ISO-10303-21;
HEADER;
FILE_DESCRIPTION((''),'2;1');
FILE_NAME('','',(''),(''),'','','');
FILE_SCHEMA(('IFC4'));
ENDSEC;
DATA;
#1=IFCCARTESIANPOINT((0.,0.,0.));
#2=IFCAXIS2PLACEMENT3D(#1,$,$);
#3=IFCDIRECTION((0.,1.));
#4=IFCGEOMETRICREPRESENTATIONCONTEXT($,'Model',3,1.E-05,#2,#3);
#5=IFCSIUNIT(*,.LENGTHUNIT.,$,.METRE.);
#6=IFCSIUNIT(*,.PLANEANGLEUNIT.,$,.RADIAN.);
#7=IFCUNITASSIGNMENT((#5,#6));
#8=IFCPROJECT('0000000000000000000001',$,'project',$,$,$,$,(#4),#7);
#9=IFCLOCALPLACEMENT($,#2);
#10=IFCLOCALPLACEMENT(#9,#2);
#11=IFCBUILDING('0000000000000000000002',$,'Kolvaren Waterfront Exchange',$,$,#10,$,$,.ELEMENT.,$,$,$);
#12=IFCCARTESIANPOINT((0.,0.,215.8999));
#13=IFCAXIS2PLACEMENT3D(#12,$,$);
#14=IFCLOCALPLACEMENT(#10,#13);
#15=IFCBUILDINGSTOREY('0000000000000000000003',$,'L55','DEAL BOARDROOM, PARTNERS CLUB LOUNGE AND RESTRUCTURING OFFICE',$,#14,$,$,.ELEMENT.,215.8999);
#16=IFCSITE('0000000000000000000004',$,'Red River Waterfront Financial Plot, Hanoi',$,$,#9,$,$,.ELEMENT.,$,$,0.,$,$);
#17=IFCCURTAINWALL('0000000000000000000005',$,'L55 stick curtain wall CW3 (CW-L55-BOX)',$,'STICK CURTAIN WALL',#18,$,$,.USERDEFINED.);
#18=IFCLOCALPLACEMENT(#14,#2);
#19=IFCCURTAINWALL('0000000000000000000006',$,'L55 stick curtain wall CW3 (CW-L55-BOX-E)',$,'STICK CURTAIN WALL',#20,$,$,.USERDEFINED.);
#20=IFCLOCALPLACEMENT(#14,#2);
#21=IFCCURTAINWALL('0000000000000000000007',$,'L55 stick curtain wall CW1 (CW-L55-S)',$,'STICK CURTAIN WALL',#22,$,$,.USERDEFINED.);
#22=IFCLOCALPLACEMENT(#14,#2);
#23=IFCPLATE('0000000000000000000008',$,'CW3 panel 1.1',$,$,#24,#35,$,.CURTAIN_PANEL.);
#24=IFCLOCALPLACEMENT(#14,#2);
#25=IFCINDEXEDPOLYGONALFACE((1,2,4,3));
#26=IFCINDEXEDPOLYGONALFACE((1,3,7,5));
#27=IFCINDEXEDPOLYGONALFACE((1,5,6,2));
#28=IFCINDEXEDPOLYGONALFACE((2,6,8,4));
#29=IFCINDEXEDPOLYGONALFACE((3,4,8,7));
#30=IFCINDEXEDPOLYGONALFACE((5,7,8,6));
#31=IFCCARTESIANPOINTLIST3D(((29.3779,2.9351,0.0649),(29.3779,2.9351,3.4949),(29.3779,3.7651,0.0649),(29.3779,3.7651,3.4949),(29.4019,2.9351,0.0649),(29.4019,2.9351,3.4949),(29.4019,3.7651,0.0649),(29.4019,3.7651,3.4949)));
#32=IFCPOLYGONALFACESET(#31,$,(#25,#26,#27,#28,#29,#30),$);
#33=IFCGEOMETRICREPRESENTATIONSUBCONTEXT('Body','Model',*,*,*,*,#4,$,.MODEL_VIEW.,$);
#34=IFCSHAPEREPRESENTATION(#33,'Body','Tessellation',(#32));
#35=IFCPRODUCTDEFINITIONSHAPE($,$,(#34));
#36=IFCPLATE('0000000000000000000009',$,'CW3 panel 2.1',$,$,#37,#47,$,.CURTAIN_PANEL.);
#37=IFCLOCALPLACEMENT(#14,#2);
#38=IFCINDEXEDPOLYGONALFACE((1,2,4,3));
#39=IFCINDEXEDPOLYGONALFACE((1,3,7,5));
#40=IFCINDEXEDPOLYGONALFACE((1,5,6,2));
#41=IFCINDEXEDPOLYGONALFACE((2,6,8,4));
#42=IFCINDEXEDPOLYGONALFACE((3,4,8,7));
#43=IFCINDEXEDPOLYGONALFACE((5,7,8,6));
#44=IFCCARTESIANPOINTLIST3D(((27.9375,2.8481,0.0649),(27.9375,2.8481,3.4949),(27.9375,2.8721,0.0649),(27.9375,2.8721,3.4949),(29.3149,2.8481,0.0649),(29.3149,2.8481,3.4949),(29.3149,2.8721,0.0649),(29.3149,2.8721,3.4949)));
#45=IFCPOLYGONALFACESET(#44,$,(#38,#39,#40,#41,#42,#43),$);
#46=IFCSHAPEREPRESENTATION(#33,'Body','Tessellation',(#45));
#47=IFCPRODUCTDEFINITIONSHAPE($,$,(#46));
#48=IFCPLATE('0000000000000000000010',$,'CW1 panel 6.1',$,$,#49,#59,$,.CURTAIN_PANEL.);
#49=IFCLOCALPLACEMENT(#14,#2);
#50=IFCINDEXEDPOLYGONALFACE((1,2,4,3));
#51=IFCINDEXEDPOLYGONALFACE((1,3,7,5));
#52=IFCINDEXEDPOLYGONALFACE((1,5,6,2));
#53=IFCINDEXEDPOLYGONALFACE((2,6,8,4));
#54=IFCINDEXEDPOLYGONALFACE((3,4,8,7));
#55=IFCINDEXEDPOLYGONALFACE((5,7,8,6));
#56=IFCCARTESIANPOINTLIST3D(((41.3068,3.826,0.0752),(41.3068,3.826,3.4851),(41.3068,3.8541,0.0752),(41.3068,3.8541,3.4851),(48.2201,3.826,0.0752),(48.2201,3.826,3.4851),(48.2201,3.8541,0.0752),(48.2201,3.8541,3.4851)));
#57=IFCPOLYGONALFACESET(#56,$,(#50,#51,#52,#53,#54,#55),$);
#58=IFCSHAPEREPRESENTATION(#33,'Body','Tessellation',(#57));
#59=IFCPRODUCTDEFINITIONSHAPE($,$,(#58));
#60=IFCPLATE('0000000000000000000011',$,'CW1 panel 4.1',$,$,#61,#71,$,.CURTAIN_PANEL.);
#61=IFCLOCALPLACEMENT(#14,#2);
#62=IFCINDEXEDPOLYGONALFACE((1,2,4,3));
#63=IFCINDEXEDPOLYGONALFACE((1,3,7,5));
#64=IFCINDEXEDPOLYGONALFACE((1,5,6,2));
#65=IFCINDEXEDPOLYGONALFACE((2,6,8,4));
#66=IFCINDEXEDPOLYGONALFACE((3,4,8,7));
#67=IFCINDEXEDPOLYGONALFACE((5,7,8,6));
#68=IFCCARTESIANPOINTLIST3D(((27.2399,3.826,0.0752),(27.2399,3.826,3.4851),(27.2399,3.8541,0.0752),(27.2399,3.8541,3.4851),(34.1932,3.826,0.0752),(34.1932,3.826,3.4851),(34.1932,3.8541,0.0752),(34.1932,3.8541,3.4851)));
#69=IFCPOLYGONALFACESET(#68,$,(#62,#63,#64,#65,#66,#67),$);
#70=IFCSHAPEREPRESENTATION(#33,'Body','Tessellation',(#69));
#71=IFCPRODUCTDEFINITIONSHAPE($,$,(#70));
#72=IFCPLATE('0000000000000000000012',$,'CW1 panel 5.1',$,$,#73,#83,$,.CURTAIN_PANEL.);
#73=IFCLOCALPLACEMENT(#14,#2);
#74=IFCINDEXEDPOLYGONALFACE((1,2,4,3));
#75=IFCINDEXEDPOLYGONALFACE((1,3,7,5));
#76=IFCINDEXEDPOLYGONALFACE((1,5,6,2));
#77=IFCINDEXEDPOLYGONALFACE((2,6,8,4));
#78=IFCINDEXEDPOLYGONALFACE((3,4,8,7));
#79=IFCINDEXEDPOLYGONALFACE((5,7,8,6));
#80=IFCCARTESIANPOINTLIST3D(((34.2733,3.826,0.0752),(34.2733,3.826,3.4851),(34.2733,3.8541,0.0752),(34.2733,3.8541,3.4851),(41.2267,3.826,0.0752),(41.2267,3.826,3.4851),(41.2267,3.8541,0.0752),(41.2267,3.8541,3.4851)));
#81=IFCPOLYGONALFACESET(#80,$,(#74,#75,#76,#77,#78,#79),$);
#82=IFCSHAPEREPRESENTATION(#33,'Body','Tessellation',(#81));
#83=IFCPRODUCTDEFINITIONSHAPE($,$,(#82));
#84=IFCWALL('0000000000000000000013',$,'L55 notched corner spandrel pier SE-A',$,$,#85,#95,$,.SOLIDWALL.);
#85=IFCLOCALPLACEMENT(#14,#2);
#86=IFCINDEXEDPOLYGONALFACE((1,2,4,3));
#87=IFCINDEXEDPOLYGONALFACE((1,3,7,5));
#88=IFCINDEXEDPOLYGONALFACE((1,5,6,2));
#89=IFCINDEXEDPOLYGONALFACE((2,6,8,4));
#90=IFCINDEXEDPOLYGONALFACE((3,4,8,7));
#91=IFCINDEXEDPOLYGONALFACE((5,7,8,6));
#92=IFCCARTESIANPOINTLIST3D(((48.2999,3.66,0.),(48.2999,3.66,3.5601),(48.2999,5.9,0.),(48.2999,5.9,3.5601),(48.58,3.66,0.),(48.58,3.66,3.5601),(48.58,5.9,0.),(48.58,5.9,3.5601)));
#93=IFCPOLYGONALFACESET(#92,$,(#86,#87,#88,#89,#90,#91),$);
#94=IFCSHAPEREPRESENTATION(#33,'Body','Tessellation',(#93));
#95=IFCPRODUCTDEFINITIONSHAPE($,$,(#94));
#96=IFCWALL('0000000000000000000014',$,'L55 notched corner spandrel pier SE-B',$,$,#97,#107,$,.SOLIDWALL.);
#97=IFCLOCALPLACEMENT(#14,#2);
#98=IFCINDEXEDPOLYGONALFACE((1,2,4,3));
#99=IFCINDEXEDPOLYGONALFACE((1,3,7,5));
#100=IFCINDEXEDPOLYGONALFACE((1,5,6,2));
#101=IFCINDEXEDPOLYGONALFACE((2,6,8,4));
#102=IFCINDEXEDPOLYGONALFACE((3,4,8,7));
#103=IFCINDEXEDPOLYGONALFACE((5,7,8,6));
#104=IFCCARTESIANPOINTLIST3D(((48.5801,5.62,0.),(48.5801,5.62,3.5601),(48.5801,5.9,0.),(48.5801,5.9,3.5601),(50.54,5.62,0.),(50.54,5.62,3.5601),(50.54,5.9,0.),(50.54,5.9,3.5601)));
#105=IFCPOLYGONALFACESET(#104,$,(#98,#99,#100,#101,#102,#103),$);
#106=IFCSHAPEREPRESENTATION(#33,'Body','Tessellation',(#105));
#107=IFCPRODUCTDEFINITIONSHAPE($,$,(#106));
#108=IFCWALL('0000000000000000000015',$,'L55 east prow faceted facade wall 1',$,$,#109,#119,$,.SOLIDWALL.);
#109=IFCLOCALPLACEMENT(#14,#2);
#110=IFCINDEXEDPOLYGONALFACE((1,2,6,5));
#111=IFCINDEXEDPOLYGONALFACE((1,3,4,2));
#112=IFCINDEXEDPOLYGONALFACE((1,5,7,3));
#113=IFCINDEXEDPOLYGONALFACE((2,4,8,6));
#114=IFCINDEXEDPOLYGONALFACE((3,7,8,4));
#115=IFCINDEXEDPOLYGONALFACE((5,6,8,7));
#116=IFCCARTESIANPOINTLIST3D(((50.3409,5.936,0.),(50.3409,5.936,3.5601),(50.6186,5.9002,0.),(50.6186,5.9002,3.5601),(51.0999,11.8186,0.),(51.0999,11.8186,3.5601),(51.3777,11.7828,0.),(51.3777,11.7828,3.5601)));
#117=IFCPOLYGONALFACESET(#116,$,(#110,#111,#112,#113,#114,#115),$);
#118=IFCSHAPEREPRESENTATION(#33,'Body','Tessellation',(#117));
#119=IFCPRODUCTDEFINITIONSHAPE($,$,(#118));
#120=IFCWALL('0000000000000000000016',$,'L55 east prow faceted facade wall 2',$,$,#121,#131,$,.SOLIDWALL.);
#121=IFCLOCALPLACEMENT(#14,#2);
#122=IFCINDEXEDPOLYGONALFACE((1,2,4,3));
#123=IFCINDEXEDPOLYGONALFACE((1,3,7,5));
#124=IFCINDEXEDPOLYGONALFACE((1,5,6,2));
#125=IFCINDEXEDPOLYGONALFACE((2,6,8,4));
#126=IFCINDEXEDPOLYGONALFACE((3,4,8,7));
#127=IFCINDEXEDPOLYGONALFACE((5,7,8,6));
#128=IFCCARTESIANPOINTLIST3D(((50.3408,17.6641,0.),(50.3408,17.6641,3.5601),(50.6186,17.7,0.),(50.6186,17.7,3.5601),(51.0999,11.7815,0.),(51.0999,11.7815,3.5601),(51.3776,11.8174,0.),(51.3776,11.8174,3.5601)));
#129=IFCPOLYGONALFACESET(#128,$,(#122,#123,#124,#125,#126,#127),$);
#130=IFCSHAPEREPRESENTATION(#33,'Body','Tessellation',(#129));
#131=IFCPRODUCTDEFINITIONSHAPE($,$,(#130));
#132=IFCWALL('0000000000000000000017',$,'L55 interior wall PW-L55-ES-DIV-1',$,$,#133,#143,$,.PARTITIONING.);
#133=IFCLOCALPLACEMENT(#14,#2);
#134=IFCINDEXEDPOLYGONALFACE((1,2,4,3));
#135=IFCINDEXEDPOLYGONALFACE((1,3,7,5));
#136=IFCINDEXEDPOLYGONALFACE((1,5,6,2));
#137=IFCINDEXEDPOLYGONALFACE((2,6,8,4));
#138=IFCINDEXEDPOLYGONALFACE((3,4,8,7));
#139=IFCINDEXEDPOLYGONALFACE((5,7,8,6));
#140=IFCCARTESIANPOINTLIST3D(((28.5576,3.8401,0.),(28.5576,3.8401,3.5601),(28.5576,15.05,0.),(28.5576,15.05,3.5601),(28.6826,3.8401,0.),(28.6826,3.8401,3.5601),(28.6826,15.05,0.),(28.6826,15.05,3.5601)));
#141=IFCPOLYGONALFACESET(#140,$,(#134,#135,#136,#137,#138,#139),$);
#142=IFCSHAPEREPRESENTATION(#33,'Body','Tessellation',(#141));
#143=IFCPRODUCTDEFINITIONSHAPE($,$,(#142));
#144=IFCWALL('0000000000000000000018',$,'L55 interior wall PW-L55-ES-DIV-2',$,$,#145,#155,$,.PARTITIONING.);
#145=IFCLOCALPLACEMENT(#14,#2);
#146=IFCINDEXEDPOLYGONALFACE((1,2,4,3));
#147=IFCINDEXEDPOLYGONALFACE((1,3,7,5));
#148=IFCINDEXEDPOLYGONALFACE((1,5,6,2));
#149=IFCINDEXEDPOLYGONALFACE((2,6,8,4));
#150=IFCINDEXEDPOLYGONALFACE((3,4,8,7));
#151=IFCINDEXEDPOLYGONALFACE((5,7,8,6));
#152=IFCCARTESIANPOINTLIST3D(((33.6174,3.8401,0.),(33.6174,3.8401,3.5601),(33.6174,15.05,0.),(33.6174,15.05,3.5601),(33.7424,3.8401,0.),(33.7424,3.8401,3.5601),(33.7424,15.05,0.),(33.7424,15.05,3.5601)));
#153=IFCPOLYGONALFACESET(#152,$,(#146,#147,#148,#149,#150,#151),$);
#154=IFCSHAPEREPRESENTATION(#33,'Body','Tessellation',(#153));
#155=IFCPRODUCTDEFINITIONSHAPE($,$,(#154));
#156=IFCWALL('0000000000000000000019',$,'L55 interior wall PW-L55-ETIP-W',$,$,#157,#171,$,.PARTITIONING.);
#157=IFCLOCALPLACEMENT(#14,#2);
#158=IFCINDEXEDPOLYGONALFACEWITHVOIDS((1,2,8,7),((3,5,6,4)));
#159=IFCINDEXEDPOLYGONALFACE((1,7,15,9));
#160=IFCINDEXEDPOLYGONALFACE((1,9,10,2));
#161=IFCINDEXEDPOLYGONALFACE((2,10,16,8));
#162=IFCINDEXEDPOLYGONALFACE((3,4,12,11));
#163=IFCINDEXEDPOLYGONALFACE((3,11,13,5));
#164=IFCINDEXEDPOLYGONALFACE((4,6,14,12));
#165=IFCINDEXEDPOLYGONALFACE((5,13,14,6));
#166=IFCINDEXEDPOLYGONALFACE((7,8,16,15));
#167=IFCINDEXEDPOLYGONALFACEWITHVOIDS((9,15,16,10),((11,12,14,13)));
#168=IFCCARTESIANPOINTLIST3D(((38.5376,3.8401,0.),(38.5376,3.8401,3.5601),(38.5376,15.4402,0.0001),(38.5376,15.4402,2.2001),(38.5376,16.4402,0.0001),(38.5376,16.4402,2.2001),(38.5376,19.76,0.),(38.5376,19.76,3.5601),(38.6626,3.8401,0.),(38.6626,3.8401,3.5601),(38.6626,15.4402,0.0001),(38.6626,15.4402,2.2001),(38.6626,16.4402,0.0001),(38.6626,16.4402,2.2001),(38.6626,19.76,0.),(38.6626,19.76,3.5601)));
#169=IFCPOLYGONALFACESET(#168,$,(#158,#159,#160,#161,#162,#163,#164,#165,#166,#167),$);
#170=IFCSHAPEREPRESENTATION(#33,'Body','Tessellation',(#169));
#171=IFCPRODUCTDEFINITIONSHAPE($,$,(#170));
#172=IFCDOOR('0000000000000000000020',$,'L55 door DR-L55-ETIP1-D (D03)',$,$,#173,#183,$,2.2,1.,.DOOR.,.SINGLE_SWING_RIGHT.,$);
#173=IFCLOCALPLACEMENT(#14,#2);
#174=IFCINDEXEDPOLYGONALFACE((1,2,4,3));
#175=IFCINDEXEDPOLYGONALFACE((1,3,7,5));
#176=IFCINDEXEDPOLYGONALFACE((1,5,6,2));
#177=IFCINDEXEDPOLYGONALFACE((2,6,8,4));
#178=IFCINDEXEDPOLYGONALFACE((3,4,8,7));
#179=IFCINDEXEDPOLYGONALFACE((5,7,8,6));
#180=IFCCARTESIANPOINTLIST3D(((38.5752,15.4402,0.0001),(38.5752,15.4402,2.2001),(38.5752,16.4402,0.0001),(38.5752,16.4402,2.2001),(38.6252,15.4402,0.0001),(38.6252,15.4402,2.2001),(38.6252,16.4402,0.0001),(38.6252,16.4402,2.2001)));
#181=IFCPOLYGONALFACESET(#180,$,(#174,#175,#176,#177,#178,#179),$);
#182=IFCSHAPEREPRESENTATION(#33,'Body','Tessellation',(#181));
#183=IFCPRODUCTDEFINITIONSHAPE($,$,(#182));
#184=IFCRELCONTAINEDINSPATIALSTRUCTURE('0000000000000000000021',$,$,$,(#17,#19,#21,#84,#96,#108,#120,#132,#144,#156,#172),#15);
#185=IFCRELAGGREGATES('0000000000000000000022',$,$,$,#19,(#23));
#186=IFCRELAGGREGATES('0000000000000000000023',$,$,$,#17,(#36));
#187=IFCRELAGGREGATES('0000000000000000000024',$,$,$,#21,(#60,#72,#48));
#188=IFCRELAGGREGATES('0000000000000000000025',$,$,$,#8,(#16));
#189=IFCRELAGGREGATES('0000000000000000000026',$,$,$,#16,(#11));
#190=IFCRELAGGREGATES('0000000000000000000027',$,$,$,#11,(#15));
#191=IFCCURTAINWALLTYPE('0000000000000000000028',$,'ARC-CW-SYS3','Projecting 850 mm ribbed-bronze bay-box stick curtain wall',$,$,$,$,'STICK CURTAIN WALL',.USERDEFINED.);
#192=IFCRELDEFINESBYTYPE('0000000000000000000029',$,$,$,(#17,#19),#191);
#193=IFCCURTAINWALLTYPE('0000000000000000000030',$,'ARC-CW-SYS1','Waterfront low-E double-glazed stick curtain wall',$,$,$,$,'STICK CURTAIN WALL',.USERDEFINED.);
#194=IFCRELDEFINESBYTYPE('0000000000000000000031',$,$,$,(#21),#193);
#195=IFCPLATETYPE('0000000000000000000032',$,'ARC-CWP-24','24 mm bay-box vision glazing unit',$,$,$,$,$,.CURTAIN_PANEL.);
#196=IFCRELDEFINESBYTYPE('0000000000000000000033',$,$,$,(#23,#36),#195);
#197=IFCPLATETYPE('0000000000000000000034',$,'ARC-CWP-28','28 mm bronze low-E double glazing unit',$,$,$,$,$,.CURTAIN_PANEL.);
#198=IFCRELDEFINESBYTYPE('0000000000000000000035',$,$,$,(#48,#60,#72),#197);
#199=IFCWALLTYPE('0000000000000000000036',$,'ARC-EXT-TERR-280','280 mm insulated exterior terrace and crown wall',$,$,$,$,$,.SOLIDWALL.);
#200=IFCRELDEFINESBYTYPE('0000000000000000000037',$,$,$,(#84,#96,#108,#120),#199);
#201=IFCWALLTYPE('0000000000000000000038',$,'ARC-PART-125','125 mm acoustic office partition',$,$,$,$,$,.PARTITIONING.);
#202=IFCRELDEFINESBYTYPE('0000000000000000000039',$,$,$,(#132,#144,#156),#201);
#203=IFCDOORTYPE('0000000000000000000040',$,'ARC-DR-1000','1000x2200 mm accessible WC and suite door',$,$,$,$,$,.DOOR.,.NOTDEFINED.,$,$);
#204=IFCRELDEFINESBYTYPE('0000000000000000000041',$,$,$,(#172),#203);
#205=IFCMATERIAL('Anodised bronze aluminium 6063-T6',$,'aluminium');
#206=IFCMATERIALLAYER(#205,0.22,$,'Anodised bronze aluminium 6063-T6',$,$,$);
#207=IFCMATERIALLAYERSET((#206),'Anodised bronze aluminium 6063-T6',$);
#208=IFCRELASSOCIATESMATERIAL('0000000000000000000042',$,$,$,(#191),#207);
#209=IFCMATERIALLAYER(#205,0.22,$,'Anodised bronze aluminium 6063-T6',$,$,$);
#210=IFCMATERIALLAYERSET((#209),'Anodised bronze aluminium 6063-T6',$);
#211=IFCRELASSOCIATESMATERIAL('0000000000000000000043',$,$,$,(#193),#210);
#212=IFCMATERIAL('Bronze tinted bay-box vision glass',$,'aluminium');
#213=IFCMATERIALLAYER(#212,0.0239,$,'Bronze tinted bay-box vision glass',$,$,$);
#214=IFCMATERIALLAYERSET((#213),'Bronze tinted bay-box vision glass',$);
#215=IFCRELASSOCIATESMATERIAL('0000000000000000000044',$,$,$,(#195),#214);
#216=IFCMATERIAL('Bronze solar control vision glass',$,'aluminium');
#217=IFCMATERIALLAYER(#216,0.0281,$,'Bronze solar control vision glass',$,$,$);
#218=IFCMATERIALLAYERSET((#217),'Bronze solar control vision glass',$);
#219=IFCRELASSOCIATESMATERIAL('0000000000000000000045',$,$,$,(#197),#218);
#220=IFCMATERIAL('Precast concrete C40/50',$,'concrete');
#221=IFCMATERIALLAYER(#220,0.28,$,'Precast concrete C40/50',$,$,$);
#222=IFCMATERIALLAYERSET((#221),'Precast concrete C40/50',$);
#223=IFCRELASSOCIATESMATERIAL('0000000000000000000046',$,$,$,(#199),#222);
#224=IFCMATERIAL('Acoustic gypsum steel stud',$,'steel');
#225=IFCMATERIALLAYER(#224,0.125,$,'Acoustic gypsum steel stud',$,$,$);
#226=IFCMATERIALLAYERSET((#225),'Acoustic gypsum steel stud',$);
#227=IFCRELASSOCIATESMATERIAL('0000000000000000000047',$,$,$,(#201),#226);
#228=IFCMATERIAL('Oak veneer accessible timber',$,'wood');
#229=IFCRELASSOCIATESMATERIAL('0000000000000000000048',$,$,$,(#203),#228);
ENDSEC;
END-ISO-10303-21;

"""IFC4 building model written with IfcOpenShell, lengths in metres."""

from ifc_helpers import new_model, si_unit, direction, frame, frame_2d, origin, origin_with_axes, origin_2d, place, context, subcontext, project, spatial, rectangle, extrude, source, transform, mapped, material, layer, layer_set, type_object, element, fill, aggregate, save


model = new_model("IFC4")

# Units and contexts
model_context = context("Model", 3, precision=1e-05, world=origin(), true_north=direction((0.0, 1.0)))
body_context = subcontext(model_context, "Body", "Model", "MODEL_VIEW")
ifc_project = project(units=[si_unit("LENGTHUNIT", "METRE"), si_unit("PLANEANGLEUNIT", "RADIAN")], contexts=[model_context])

# Site, building, storey
site_placement = place(None, origin())
site = spatial("IfcSite", under=ifc_project, at=site_placement, Name="Red River Waterfront Financial Plot, Hanoi", CompositionType="ELEMENT", RefElevation=0.0)
building_placement = place(site_placement, origin())
building = spatial("IfcBuilding", under=site, at=building_placement, Name="Kolvaren Waterfront Exchange", CompositionType="ELEMENT")
storey_placement = place(building_placement, frame((0.0, 0.0, 215.8999)))
storey = spatial("IfcBuildingStorey", under=building, at=storey_placement, Name="L55", Description="DEAL BOARDROOM, PARTNERS CLUB LOUNGE AND RESTRUCTURING OFFICE", CompositionType="ELEMENT", Elevation=215.8999)

# Curtain walls
ifc_material_1 = material(Name="Anodised bronze aluminium 6063-T6", Category="aluminium")
ifc_layer_1 = layer(ifc_material_1, 0.22, Name="Anodised bronze aluminium 6063-T6")
ifc_layer_set_1 = layer_set([ifc_layer_1], Name="Anodised bronze aluminium 6063-T6")
curtain_wall_type_1 = type_object("IfcCurtainWallType", Name="ARC-CW-SYS3", Description="Projecting 850 mm ribbed-bronze bay-box stick curtain wall", ElementType="STICK CURTAIN WALL", PredefinedType="USERDEFINED", material=ifc_layer_set_1)
curtain_wall_1_placement = place(storey_placement, origin())
curtain_wall_1 = element("IfcCurtainWall", 1, at=curtain_wall_1_placement, inside=storey, type_object=curtain_wall_type_1, Name="L55 stick curtain wall CW3 (CW-L55-BOX)", ObjectType="STICK CURTAIN WALL", PredefinedType="USERDEFINED")
curtain_wall_2_placement = place(storey_placement, origin())
curtain_wall_2 = element("IfcCurtainWall", 2, at=curtain_wall_2_placement, inside=storey, type_object=curtain_wall_type_1, Name="L55 stick curtain wall CW3 (CW-L55-BOX-E)", ObjectType="STICK CURTAIN WALL", PredefinedType="USERDEFINED")

# Curtain wall
ifc_layer_2 = layer(ifc_material_1, 0.22, Name="Anodised bronze aluminium 6063-T6")
ifc_layer_set_2 = layer_set([ifc_layer_2], Name="Anodised bronze aluminium 6063-T6")
curtain_wall_type_2 = type_object("IfcCurtainWallType", Name="ARC-CW-SYS1", Description="Waterfront low-E double-glazed stick curtain wall", ElementType="STICK CURTAIN WALL", PredefinedType="USERDEFINED", material=ifc_layer_set_2)
curtain_wall_3_placement = place(storey_placement, origin())
curtain_wall_3 = element("IfcCurtainWall", 3, at=curtain_wall_3_placement, inside=storey, type_object=curtain_wall_type_2, Name="L55 stick curtain wall CW1 (CW-L55-S)", ObjectType="STICK CURTAIN WALL", PredefinedType="USERDEFINED")

# Plates
ifc_material_2 = material(Name="Bronze tinted bay-box vision glass", Category="aluminium")
ifc_layer_3 = layer(ifc_material_2, 0.0239, Name="Bronze tinted bay-box vision glass")
ifc_layer_set_3 = layer_set([ifc_layer_3], Name="Bronze tinted bay-box vision glass")
plate_type_1 = type_object("IfcPlateType", Name="ARC-CWP-24", Description="24 mm bay-box vision glazing unit", PredefinedType="CURTAIN_PANEL", material=ifc_layer_set_3)
shared_shape_1 = source(origin_with_axes(), body_context, "Body", "SweptSolid", [
    extrude(rectangle(XDim=0.8301, YDim=0.0239, at=origin_2d()), origin(), (0.0, 0.0, 1.0), 3.4299),
])
plate_1_placement = place(storey_placement, frame((29.3899, 3.3501, 0.0649), z_axis=(0.0, 0.0, 1.0), x_axis=(0.0, 1.0, 0.0)))
plate_1 = element("IfcPlate", 4, at=plate_1_placement, type_object=plate_type_1, Name="CW3 panel 1.1", PredefinedType="CURTAIN_PANEL", context=body_context, shape_type="MappedRepresentation", body=[
    mapped(shared_shape_1, transform((0.0, 0.0, 0.0), x_axis=(1.0, 0.0, 0.0), y_axis=(0.0, 1.0, 0.0), z_axis=(0.0, 0.0, 1.0), scale=1.0)),
])
aggregate(curtain_wall_2, [plate_1])
shared_shape_2 = source(origin_with_axes(), body_context, "Body", "SweptSolid", [
    extrude(rectangle(XDim=1.3774, YDim=0.0239, at=origin_2d()), origin(), (0.0, 0.0, 1.0), 3.4299),
])
plate_2_placement = place(storey_placement, frame((28.6262, 2.8601, 0.0649), z_axis=(0.0, 0.0, 1.0), x_axis=(1.0, 0.0, 0.0)))
plate_2 = element("IfcPlate", 5, at=plate_2_placement, type_object=plate_type_1, Name="CW3 panel 2.1", PredefinedType="CURTAIN_PANEL", context=body_context, shape_type="MappedRepresentation", body=[
    mapped(shared_shape_2, transform((0.0, 0.0, 0.0), x_axis=(1.0, 0.0, 0.0), y_axis=(0.0, 1.0, 0.0), z_axis=(0.0, 0.0, 1.0), scale=1.0)),
])
aggregate(curtain_wall_1, [plate_2])
ifc_material_3 = material(Name="Bronze solar control vision glass", Category="aluminium")
ifc_layer_4 = layer(ifc_material_3, 0.0281, Name="Bronze solar control vision glass")
ifc_layer_set_4 = layer_set([ifc_layer_4], Name="Bronze solar control vision glass")
plate_type_2 = type_object("IfcPlateType", Name="ARC-CWP-28", Description="28 mm bronze low-E double glazing unit", PredefinedType="CURTAIN_PANEL", material=ifc_layer_set_4)
shared_shape_3 = source(origin_with_axes(), body_context, "Body", "SweptSolid", [
    extrude(rectangle(XDim=6.9133, YDim=0.0281, at=origin_2d()), origin(), (0.0, 0.0, 1.0), 3.4099),
])
plate_3_placement = place(storey_placement, frame((44.7634, 3.8401, 0.0752), z_axis=(0.0, 0.0, 1.0), x_axis=(1.0, 0.0, 0.0)))
plate_3 = element("IfcPlate", 6, at=plate_3_placement, type_object=plate_type_2, Name="CW1 panel 6.1", PredefinedType="CURTAIN_PANEL", context=body_context, shape_type="MappedRepresentation", body=[
    mapped(shared_shape_3, transform((0.0, 0.0, 0.0), x_axis=(1.0, 0.0, 0.0), y_axis=(0.0, 1.0, 0.0), z_axis=(0.0, 0.0, 1.0), scale=1.0)),
])
shared_shape_4 = source(origin_with_axes(), body_context, "Body", "SweptSolid", [
    extrude(rectangle(XDim=6.9534, YDim=0.0281, at=origin_2d()), origin(), (0.0, 0.0, 1.0), 3.4099),
])
plate_4_placement = place(storey_placement, frame((30.7166, 3.8401, 0.0752), z_axis=(0.0, 0.0, 1.0), x_axis=(1.0, 0.0, 0.0)))
plate_4 = element("IfcPlate", 7, at=plate_4_placement, type_object=plate_type_2, Name="CW1 panel 4.1", PredefinedType="CURTAIN_PANEL", context=body_context, shape_type="MappedRepresentation", body=[
    mapped(shared_shape_4, transform((0.0, 0.0, 0.0), x_axis=(1.0, 0.0, 0.0), y_axis=(0.0, 1.0, 0.0), z_axis=(0.0, 0.0, 1.0), scale=1.0)),
])
plate_5_placement = place(storey_placement, frame((37.75, 3.8401, 0.0752), z_axis=(0.0, 0.0, 1.0), x_axis=(1.0, 0.0, 0.0)))
plate_5 = element("IfcPlate", 8, at=plate_5_placement, type_object=plate_type_2, Name="CW1 panel 5.1", PredefinedType="CURTAIN_PANEL", context=body_context, shape_type="MappedRepresentation", body=[
    mapped(shared_shape_4, transform((0.0, 0.0, 0.0), x_axis=(1.0, 0.0, 0.0), y_axis=(0.0, 1.0, 0.0), z_axis=(0.0, 0.0, 1.0), scale=1.0)),
])
aggregate(curtain_wall_3, [plate_4, plate_5, plate_3])

# Walls
ifc_material_4 = material(Name="Precast concrete C40/50", Category="concrete")
ifc_layer_5 = layer(ifc_material_4, 0.28, Name="Precast concrete C40/50")
ifc_layer_set_5 = layer_set([ifc_layer_5], Name="Precast concrete C40/50")
wall_type_1 = type_object("IfcWallType", Name="ARC-EXT-TERR-280", Description="280 mm insulated exterior terrace and crown wall", PredefinedType="SOLIDWALL", material=ifc_layer_set_5)
wall_1_placement = place(storey_placement, frame((48.4399, 3.6599, 0.0), z_axis=(0.0, 0.0, 1.0), x_axis=(0.0, 1.0, 0.0)))
element("IfcWall", 9, at=wall_1_placement, inside=storey, type_object=wall_type_1, Name="L55 notched corner spandrel pier SE-A", PredefinedType="SOLIDWALL", context=body_context, shape_type="SweptSolid", body=[
    extrude(rectangle(XDim=2.24, YDim=0.28, at=frame_2d((1.1201, 0.0))), origin(), (0.0, 0.0, 1.0), 3.5601),
])
wall_2_placement = place(storey_placement, frame((48.5801, 5.76, 0.0), z_axis=(0.0, 0.0, 1.0), x_axis=(1.0, 0.0, 0.0)))
element("IfcWall", 10, at=wall_2_placement, inside=storey, type_object=wall_type_1, Name="L55 notched corner spandrel pier SE-B", PredefinedType="SOLIDWALL", context=body_context, shape_type="SweptSolid", body=[
    extrude(rectangle(XDim=1.96, YDim=0.28, at=frame_2d((0.98, 0.0))), origin(), (0.0, 0.0, 1.0), 3.5601),
])
for number, where, z_axis, x_axis, name in (
    (11, (50.4797, 5.918, 0.0), (0.0, 0.0, 1.0), (0.12797, 0.991778, 0.0), "L55 east prow faceted facade wall 1"),
    (12, (51.2388, 11.7993, 0.0), (0.0, 0.0, 1.0), (-0.12797, 0.991778, 0.0), "L55 east prow faceted facade wall 2"),
):
    element("IfcWall", number, at=place(storey_placement, frame(where, z_axis=z_axis, x_axis=x_axis)), inside=storey, type_object=wall_type_1, Name=name, PredefinedType="SOLIDWALL", context=body_context, shape_type="SweptSolid", body=[
        extrude(rectangle(XDim=5.9314, YDim=0.28, at=frame_2d((2.9658, 0.0))), origin(), (0.0, 0.0, 1.0), 3.5601),
    ])
ifc_material_5 = material(Name="Acoustic gypsum steel stud", Category="steel")
ifc_layer_6 = layer(ifc_material_5, 0.125, Name="Acoustic gypsum steel stud")
ifc_layer_set_6 = layer_set([ifc_layer_6], Name="Acoustic gypsum steel stud")
wall_type_2 = type_object("IfcWallType", Name="ARC-PART-125", Description="125 mm acoustic office partition", PredefinedType="PARTITIONING", material=ifc_layer_set_6)
for number, where, z_axis, x_axis, name in (
    (13, (28.6201, 3.8401, 0.0), (0.0, 0.0, 1.0), (0.0, 1.0, 0.0), "L55 interior wall PW-L55-ES-DIV-1"),
    (14, (33.6799, 3.8401, 0.0), (0.0, 0.0, 1.0), (0.0, 1.0, 0.0), "L55 interior wall PW-L55-ES-DIV-2"),
):
    element("IfcWall", number, at=place(storey_placement, frame(where, z_axis=z_axis, x_axis=x_axis)), inside=storey, type_object=wall_type_2, Name=name, PredefinedType="PARTITIONING", context=body_context, shape_type="SweptSolid", body=[
        extrude(rectangle(XDim=11.21, YDim=0.125, at=frame_2d((5.605, 0.0))), origin(), (0.0, 0.0, 1.0), 3.5601),
    ])

# Wall, opening, door
wall_3_placement = place(storey_placement, frame((38.6001, 3.8401, 0.0), z_axis=(0.0, 0.0, 1.0), x_axis=(0.0, 1.0, 0.0)))
wall_3 = element("IfcWall", 15, at=wall_3_placement, inside=storey, type_object=wall_type_2, Name="L55 interior wall PW-L55-ETIP-W", PredefinedType="PARTITIONING", context=body_context, shape_type="SweptSolid", body=[
    extrude(rectangle(XDim=15.9199, YDim=0.125, at=frame_2d((7.96, 0.0))), origin(), (0.0, 0.0, 1.0), 3.5601),
])
opening_placement = place(wall_3_placement, frame((11.6001, 0.0, 0.0)))
opening = element("IfcOpeningElement", 16, at=opening_placement, cuts=wall_3, PredefinedType="OPENING", context=body_context, shape_type="SweptSolid", body=[
    extrude(rectangle(XDim=1.0, YDim=2.2, at=frame_2d((0.5, 1.1001))), frame((0.0, 0.0725, 0.0), z_axis=(0.0, -1.0, 0.0), x_axis=(1.0, 0.0, 0.0)), (0.0, 0.0, 1.0), 0.145),
])
ifc_material_6 = material(Name="Oak veneer accessible timber", Category="wood")
door_type = type_object("IfcDoorType", Name="ARC-DR-1000", Description="1000x2200 mm accessible WC and suite door", OperationType="NOTDEFINED", PredefinedType="DOOR", material=ifc_material_6)
door_placement = place(opening_placement, origin())
door = element("IfcDoor", 17, at=door_placement, inside=storey, type_object=door_type, Name="L55 door DR-L55-ETIP1-D (D03)", OperationType="SINGLE_SWING_RIGHT", OverallHeight=2.2, OverallWidth=1.0, PredefinedType="DOOR", context=body_context, shape_type="SweptSolid", body=[
    extrude(rectangle(XDim=1.0, YDim=2.2, at=frame_2d((0.5, 1.1001))), frame((0.0, 0.0249, 0.0), z_axis=(0.0, -1.0, 0.0), x_axis=(1.0, 0.0, 0.0)), (0.0, 0.0, 1.0), 0.05),
])
fill(opening, door)

save(model, "model.ifc")
